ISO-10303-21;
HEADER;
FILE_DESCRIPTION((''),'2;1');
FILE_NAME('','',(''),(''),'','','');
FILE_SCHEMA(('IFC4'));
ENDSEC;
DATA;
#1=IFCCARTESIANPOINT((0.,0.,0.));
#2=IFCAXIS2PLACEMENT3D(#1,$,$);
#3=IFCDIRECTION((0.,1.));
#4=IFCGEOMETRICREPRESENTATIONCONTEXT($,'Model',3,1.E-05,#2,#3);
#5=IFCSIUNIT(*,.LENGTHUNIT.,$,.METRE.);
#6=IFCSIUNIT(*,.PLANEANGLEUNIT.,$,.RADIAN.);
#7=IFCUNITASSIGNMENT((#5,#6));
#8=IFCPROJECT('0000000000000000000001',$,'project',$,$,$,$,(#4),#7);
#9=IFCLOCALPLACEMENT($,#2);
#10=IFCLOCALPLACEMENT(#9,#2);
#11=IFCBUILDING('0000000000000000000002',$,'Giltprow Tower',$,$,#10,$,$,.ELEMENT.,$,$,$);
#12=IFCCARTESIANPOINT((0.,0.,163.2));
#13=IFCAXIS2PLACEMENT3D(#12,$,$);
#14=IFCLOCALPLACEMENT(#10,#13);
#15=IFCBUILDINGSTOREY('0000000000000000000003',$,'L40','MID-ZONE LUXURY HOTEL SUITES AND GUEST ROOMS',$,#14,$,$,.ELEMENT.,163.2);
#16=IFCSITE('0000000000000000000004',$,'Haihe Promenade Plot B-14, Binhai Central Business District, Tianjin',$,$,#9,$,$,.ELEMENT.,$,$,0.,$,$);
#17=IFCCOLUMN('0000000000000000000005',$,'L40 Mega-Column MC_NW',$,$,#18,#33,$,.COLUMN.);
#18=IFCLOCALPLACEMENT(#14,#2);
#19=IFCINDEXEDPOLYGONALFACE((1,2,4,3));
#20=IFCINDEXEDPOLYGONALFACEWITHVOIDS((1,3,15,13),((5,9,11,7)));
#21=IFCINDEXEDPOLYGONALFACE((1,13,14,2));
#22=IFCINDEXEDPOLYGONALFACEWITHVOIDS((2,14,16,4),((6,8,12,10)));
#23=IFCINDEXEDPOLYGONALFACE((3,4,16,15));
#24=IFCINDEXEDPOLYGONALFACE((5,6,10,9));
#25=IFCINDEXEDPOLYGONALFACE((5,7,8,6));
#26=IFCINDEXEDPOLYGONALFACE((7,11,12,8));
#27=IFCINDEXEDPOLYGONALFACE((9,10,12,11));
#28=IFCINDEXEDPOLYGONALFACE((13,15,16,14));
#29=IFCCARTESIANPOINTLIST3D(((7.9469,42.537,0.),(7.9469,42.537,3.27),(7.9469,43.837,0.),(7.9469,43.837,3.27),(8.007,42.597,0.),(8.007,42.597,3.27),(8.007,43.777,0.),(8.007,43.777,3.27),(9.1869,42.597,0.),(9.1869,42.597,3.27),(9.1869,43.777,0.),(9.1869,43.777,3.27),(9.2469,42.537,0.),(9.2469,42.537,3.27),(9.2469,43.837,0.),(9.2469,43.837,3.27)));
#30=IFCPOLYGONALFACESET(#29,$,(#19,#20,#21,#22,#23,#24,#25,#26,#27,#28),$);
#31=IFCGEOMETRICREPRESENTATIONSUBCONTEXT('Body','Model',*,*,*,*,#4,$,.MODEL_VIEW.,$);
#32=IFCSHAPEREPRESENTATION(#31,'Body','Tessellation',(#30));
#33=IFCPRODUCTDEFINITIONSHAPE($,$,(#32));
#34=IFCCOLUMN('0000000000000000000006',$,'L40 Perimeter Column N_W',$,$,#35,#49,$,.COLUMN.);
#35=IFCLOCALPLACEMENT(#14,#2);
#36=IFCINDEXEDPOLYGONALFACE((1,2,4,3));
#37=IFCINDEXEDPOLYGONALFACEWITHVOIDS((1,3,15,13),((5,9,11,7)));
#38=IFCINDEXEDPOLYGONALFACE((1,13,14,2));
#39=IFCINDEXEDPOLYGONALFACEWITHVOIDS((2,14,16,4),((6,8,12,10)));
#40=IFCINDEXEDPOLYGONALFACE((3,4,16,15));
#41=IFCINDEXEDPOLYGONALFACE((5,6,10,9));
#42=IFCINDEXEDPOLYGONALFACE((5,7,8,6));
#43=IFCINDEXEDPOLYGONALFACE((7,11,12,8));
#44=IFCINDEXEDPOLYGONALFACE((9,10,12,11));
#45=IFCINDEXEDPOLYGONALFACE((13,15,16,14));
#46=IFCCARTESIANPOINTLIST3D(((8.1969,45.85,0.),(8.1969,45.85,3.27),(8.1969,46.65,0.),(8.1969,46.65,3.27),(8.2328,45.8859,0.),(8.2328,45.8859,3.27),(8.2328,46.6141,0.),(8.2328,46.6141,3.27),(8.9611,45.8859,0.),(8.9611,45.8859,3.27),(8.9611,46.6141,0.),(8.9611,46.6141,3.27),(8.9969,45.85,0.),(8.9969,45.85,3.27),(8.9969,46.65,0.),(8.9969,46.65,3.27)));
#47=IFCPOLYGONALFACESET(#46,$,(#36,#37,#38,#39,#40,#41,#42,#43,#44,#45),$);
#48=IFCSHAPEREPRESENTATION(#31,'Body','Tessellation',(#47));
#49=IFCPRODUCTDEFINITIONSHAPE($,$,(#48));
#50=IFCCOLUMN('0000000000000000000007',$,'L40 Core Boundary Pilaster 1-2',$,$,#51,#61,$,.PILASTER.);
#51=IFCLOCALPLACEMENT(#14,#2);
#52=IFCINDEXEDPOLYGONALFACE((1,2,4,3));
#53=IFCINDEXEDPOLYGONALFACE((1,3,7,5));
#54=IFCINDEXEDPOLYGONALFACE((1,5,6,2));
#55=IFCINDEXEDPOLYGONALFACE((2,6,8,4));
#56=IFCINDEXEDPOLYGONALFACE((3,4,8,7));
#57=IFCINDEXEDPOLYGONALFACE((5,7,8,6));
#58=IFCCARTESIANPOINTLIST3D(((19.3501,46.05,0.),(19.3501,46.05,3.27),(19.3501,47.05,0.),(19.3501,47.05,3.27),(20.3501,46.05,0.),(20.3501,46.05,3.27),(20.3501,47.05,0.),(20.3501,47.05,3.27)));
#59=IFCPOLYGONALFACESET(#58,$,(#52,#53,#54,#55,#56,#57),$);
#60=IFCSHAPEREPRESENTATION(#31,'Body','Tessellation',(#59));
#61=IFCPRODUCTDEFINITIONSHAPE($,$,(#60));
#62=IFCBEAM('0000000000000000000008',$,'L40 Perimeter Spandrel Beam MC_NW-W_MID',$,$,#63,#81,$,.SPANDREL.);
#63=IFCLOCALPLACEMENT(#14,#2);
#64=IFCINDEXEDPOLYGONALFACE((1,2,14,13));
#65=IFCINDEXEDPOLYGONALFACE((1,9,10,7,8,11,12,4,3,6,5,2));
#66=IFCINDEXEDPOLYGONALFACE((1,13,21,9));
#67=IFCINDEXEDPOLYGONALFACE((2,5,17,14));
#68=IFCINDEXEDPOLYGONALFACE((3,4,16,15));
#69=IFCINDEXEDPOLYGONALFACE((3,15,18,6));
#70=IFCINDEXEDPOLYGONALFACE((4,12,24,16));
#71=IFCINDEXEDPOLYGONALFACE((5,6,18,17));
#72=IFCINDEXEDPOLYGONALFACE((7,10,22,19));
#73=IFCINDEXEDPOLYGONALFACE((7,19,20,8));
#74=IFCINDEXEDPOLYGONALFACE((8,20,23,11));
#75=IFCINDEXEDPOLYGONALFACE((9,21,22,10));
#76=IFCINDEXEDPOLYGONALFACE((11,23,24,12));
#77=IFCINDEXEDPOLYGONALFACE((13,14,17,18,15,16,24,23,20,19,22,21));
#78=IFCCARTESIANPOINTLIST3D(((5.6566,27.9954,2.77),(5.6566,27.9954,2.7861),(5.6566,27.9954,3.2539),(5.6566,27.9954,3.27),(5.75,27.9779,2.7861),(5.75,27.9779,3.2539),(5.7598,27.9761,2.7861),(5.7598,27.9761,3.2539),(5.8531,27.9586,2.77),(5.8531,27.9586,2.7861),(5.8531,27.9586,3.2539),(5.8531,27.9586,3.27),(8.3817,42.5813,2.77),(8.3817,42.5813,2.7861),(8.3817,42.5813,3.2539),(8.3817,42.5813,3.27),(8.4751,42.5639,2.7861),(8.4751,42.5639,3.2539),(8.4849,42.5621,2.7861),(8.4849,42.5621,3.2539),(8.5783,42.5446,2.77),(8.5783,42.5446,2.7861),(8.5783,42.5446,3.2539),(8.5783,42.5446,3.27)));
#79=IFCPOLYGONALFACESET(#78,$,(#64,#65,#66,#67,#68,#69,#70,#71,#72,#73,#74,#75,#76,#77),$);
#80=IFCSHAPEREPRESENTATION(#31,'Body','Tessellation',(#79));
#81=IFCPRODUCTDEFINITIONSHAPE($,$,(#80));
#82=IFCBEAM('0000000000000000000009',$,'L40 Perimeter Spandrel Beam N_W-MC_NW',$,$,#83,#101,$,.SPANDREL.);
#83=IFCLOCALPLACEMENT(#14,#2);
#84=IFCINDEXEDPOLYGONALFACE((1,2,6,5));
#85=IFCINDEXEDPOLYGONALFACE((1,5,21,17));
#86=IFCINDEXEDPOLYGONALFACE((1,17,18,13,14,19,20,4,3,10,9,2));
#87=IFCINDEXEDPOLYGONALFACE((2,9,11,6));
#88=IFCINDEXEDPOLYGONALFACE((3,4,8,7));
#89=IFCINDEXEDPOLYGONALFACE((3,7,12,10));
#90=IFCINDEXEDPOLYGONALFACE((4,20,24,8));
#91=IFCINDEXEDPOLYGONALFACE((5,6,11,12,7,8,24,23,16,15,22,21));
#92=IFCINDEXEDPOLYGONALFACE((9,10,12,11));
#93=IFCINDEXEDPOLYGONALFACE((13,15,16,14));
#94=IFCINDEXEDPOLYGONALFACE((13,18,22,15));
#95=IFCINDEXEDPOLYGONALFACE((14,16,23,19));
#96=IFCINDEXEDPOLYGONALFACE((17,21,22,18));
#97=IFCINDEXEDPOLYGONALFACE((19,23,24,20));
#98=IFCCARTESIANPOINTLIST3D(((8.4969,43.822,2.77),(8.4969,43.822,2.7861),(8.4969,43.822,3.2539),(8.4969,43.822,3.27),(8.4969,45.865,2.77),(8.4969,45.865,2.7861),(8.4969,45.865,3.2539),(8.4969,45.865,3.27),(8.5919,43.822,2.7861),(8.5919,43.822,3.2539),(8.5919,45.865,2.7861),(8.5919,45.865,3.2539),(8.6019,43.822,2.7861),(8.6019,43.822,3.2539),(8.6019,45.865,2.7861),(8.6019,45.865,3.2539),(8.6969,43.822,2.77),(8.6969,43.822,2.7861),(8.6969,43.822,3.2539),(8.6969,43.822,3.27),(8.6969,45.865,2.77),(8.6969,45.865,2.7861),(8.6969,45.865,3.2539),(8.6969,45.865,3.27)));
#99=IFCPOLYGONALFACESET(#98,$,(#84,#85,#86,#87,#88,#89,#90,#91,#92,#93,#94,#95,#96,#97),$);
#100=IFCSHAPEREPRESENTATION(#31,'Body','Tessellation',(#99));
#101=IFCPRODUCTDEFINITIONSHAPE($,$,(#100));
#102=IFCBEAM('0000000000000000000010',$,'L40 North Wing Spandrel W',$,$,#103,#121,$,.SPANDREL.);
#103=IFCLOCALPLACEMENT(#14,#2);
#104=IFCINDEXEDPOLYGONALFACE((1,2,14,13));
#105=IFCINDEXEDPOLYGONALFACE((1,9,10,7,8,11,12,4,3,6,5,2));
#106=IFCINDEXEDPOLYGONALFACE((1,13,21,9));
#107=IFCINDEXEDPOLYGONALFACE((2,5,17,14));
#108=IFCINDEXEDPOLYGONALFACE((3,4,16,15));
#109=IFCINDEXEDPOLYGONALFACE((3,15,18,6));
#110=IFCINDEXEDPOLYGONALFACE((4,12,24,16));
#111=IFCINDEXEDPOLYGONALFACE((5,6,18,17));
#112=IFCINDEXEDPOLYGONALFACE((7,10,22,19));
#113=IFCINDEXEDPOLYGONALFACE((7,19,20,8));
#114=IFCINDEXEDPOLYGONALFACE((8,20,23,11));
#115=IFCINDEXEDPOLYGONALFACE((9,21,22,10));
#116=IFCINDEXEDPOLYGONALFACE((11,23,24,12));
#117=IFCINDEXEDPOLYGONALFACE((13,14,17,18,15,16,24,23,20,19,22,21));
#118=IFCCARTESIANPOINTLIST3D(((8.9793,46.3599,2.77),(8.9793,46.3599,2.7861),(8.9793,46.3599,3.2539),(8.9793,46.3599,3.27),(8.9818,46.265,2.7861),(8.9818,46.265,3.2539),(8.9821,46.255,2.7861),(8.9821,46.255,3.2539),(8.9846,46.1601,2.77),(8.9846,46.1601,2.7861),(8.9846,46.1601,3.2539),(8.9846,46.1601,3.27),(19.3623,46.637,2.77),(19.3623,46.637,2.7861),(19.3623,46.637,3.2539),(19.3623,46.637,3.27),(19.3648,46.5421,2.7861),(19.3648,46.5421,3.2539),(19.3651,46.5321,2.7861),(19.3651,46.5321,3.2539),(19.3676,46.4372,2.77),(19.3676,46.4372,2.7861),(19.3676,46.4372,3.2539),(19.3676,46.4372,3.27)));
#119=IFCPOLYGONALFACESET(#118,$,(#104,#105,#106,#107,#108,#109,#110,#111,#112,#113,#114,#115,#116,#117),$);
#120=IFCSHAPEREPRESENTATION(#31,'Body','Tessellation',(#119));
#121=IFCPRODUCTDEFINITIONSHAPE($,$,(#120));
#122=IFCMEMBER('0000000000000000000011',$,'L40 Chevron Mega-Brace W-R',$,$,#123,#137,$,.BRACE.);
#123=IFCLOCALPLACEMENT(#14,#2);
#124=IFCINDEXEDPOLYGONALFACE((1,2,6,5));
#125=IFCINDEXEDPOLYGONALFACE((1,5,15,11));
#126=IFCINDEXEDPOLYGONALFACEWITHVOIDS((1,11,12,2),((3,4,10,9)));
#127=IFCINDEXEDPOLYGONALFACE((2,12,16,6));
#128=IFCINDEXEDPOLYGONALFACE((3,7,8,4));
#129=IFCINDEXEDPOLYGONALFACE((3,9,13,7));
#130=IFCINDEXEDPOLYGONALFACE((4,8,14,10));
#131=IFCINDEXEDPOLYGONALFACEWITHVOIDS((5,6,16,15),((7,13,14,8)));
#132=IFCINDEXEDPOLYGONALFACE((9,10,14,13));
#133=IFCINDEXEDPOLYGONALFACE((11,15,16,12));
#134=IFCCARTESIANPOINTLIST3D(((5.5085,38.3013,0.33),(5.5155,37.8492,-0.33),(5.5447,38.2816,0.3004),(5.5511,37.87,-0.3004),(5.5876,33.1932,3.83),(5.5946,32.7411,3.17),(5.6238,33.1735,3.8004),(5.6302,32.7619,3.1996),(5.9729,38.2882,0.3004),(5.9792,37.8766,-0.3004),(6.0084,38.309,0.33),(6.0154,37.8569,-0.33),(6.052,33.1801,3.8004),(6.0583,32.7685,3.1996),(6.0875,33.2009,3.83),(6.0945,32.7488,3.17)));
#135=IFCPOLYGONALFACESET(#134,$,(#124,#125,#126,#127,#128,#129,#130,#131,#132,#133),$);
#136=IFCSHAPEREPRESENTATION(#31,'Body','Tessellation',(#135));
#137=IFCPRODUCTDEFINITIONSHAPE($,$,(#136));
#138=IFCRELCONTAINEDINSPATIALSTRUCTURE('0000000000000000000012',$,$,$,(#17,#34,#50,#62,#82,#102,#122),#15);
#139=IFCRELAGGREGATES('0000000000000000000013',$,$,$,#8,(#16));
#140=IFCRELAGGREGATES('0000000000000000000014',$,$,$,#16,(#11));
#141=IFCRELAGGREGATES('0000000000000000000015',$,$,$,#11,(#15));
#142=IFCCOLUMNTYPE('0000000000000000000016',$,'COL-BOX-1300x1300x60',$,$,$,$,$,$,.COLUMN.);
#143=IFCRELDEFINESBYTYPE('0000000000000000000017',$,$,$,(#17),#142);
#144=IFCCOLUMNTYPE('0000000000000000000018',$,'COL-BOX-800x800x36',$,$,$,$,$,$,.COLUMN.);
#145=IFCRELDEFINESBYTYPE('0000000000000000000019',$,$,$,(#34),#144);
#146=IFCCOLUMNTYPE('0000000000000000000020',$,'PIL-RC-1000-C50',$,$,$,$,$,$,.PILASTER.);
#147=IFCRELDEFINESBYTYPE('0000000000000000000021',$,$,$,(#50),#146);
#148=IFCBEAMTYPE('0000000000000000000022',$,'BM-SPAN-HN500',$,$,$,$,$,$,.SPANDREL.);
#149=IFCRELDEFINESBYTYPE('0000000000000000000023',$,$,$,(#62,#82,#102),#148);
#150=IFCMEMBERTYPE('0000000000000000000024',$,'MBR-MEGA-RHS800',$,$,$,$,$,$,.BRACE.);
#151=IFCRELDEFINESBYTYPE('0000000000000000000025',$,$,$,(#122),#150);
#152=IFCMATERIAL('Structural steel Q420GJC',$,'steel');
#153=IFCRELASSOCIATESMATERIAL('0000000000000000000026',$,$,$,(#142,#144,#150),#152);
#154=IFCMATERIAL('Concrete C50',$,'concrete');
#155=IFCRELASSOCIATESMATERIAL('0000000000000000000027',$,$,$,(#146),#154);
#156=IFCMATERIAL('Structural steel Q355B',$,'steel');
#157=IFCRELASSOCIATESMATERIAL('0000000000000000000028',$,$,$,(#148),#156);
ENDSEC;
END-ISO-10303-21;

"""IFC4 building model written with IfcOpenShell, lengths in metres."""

from ifc_helpers import new_model, si_unit, direction, frame, origin, origin_2d, place, context, subcontext, project, spatial, rectangle, hollow_rectangle, i_section, extrude, source, transform, mapped, material, material_profile, profile_set, type_object, element, save


model = new_model("IFC4")

# Units and contexts
model_context = context("Model", 3, precision=1e-05, world=origin(), true_north=direction((0.0, 1.0)))
body_context = subcontext(model_context, "Body", "Model", "MODEL_VIEW")
ifc_project = project(units=[si_unit("LENGTHUNIT", "METRE"), si_unit("PLANEANGLEUNIT", "RADIAN")], contexts=[model_context])

# Site, building, storey
site_placement = place(None, origin())
site = spatial("IfcSite", under=ifc_project, at=site_placement, Name="Haihe Promenade Plot B-14, Binhai Central Business District, Tianjin", CompositionType="ELEMENT", RefElevation=0.0)
building_placement = place(site_placement, origin())
building = spatial("IfcBuilding", under=site, at=building_placement, Name="Giltprow Tower", CompositionType="ELEMENT")
storey_placement = place(building_placement, frame((0.0, 0.0, 163.2)))
storey = spatial("IfcBuildingStorey", under=building, at=storey_placement, Name="L40", Description="MID-ZONE LUXURY HOTEL SUITES AND GUEST ROOMS", CompositionType="ELEMENT", Elevation=163.2)

# Columns
ifc_material_1 = material(Name="Structural steel Q420GJC", Category="steel")
ifc_material_profile_1 = material_profile(ifc_material_1, hollow_rectangle(XDim=1.3, YDim=1.3, WallThickness=0.0601, at=origin_2d()), Name="BOX 1300x1300x60")
ifc_profile_set_1 = profile_set([ifc_material_profile_1], Name="Structural steel Q420GJC")
column_type_1 = type_object("IfcColumnType", Name="COL-BOX-1300x1300x60", PredefinedType="COLUMN", material=ifc_profile_set_1)
shared_shape_1 = source(origin(), body_context, "Body", "SweptSolid", [
    extrude(hollow_rectangle(XDim=1.3, YDim=1.3, WallThickness=0.0601, at=origin_2d()), origin(), (0.0, 0.0, 1.0), 3.27),
])
column_1_placement = place(storey_placement, frame((8.5969, 43.187, 0.0), z_axis=(0.0, 0.0, 1.0), x_axis=(1.0, 0.0, 0.0)))
element("IfcColumn", 1, at=column_1_placement, inside=storey, type_object=column_type_1, Name="L40 Mega-Column MC_NW", PredefinedType="COLUMN", context=body_context, shape_type="MappedRepresentation", body=[
    mapped(shared_shape_1, transform((0.0, 0.0, 0.0), x_axis=(1.0, 0.0, 0.0), y_axis=(0.0, 1.0, 0.0), z_axis=(0.0, 0.0, 1.0), scale=1.0)),
])
ifc_material_profile_2 = material_profile(ifc_material_1, hollow_rectangle(XDim=0.8, YDim=0.8, WallThickness=0.0359, at=origin_2d()), Name="BOX 800x800x36")
ifc_profile_set_2 = profile_set([ifc_material_profile_2], Name="Structural steel Q420GJC")
column_type_2 = type_object("IfcColumnType", Name="COL-BOX-800x800x36", PredefinedType="COLUMN", material=ifc_profile_set_2)
shared_shape_2 = source(origin(), body_context, "Body", "SweptSolid", [
    extrude(hollow_rectangle(XDim=0.8, YDim=0.8, WallThickness=0.0359, at=origin_2d()), origin(), (0.0, 0.0, 1.0), 3.27),
])
column_2_placement = place(storey_placement, frame((8.5969, 46.25, 0.0), z_axis=(0.0, 0.0, 1.0), x_axis=(1.0, 0.0, 0.0)))
element("IfcColumn", 2, at=column_2_placement, inside=storey, type_object=column_type_2, Name="L40 Perimeter Column N_W", PredefinedType="COLUMN", context=body_context, shape_type="MappedRepresentation", body=[
    mapped(shared_shape_2, transform((0.0, 0.0, 0.0), x_axis=(1.0, 0.0, 0.0), y_axis=(0.0, 1.0, 0.0), z_axis=(0.0, 0.0, 1.0), scale=1.0)),
])
ifc_material_2 = material(Name="Concrete C50", Category="concrete")
ifc_material_profile_3 = material_profile(ifc_material_2, rectangle(XDim=1.0, YDim=1.0, at=origin_2d()), Name="RC 1000x1000")
ifc_profile_set_3 = profile_set([ifc_material_profile_3], Name="Concrete C50")
column_type_3 = type_object("IfcColumnType", Name="PIL-RC-1000-C50", PredefinedType="PILASTER", material=ifc_profile_set_3)
shared_shape_3 = source(origin(), body_context, "Body", "SweptSolid", [
    extrude(rectangle(XDim=1.0, YDim=1.0, at=origin_2d()), origin(), (0.0, 0.0, 1.0), 3.27),
])
column_3_placement = place(storey_placement, frame((19.8501, 46.55, 0.0), z_axis=(0.0, 0.0, 1.0), x_axis=(1.0, 0.0, 0.0)))
element("IfcColumn", 3, at=column_3_placement, inside=storey, type_object=column_type_3, Name="L40 Core Boundary Pilaster 1-2", PredefinedType="PILASTER", context=body_context, shape_type="MappedRepresentation", body=[
    mapped(shared_shape_3, transform((0.0, 0.0, 0.0), x_axis=(1.0, 0.0, 0.0), y_axis=(0.0, 1.0, 0.0), z_axis=(0.0, 0.0, 1.0), scale=1.0)),
])

# Beams
ifc_material_3 = material(Name="Structural steel Q355B", Category="steel")
ifc_material_profile_4 = material_profile(ifc_material_3, i_section(OverallWidth=0.2, OverallDepth=0.5, WebThickness=0.01, FlangeThickness=0.0161, at=origin_2d()), Name="HN 500x200x10x16")
ifc_profile_set_4 = profile_set([ifc_material_profile_4], Name="Structural steel Q355B")
beam_type = type_object("IfcBeamType", Name="BM-SPAN-HN500", PredefinedType="SPANDREL", material=ifc_profile_set_4)
shared_shape_4 = source(origin(), body_context, "Body", "SweptSolid", [
    extrude(i_section(OverallWidth=0.2, OverallDepth=0.5, WebThickness=0.01, FlangeThickness=0.0161, at=origin_2d()), origin(), (0.0, 0.0, 1.0), 14.8384),
])
beam_1_placement = place(storey_placement, frame((8.48, 42.563, 3.02), z_axis=(-0.183653, -0.982991, 0.0), x_axis=(0.982991, -0.183653, 0.0)))
element("IfcBeam", 4, at=beam_1_placement, inside=storey, type_object=beam_type, Name="L40 Perimeter Spandrel Beam MC_NW-W_MID", PredefinedType="SPANDREL", context=body_context, shape_type="MappedRepresentation", body=[
    mapped(shared_shape_4, transform((0.0, 0.0, 0.0), x_axis=(1.0, 0.0, 0.0), y_axis=(0.0, 1.0, 0.0), z_axis=(0.0, 0.0, 1.0), scale=1.0)),
])
shared_shape_5 = source(origin(), body_context, "Body", "SweptSolid", [
    extrude(i_section(OverallWidth=0.2, OverallDepth=0.5, WebThickness=0.01, FlangeThickness=0.0161, at=origin_2d()), origin(), (0.0, 0.0, 1.0), 2.043),
])
beam_2_placement = place(storey_placement, frame((8.5969, 45.865, 3.02), z_axis=(0.0, -1.0, 0.0), x_axis=(1.0, 0.0, 0.0)))
element("IfcBeam", 5, at=beam_2_placement, inside=storey, type_object=beam_type, Name="L40 Perimeter Spandrel Beam N_W-MC_NW", PredefinedType="SPANDREL", context=body_context, shape_type="MappedRepresentation", body=[
    mapped(shared_shape_5, transform((0.0, 0.0, 0.0), x_axis=(1.0, 0.0, 0.0), y_axis=(0.0, 1.0, 0.0), z_axis=(0.0, 0.0, 1.0), scale=1.0)),
])
shared_shape_6 = source(origin(), body_context, "Body", "SweptSolid", [
    extrude(i_section(OverallWidth=0.2, OverallDepth=0.5, WebThickness=0.01, FlangeThickness=0.0161, at=origin_2d()), origin(), (0.0, 0.0, 1.0), 10.3867),
])
beam_3_placement = place(storey_placement, frame((8.9819, 46.26, 3.02), z_axis=(0.999644, 0.026678, 0.0), x_axis=(-0.026678, 0.999644, 0.0)))
element("IfcBeam", 6, at=beam_3_placement, inside=storey, type_object=beam_type, Name="L40 North Wing Spandrel W", PredefinedType="SPANDREL", context=body_context, shape_type="MappedRepresentation", body=[
    mapped(shared_shape_6, transform((0.0, 0.0, 0.0), x_axis=(1.0, 0.0, 0.0), y_axis=(0.0, 1.0, 0.0), z_axis=(0.0, 0.0, 1.0), scale=1.0)),
])

# Member
ifc_material_profile_5 = material_profile(ifc_material_1, hollow_rectangle(XDim=0.5, YDim=0.8, WallThickness=0.0359, at=origin_2d()), Name="RHS 800x500x36")
ifc_profile_set_5 = profile_set([ifc_material_profile_5], Name="Structural steel Q420GJC")
member_type = type_object("IfcMemberType", Name="MBR-MEGA-RHS800", PredefinedType="BRACE", material=ifc_profile_set_5)
shared_shape_7 = source(origin(), body_context, "Body", "SweptSolid", [
    extrude(hollow_rectangle(XDim=0.5, YDim=0.8, WallThickness=0.0359, at=origin_2d()), origin(), (0.0, 0.0, 1.0), 6.1926),
])
member_placement = place(storey_placement, frame((5.762, 38.0791, 0.0), z_axis=(0.012773, -0.824867, 0.565182), x_axis=(0.99988, 0.015483, 0.0)))
element("IfcMember", 7, at=member_placement, inside=storey, type_object=member_type, Name="L40 Chevron Mega-Brace W-R", PredefinedType="BRACE", context=body_context, shape_type="MappedRepresentation", body=[
    mapped(shared_shape_7, transform((0.0, 0.0, 0.0), x_axis=(1.0, 0.0, 0.0), y_axis=(0.0, 1.0, 0.0), z_axis=(0.0, 0.0, 1.0), scale=1.0)),
])

save(model, "model.ifc")
